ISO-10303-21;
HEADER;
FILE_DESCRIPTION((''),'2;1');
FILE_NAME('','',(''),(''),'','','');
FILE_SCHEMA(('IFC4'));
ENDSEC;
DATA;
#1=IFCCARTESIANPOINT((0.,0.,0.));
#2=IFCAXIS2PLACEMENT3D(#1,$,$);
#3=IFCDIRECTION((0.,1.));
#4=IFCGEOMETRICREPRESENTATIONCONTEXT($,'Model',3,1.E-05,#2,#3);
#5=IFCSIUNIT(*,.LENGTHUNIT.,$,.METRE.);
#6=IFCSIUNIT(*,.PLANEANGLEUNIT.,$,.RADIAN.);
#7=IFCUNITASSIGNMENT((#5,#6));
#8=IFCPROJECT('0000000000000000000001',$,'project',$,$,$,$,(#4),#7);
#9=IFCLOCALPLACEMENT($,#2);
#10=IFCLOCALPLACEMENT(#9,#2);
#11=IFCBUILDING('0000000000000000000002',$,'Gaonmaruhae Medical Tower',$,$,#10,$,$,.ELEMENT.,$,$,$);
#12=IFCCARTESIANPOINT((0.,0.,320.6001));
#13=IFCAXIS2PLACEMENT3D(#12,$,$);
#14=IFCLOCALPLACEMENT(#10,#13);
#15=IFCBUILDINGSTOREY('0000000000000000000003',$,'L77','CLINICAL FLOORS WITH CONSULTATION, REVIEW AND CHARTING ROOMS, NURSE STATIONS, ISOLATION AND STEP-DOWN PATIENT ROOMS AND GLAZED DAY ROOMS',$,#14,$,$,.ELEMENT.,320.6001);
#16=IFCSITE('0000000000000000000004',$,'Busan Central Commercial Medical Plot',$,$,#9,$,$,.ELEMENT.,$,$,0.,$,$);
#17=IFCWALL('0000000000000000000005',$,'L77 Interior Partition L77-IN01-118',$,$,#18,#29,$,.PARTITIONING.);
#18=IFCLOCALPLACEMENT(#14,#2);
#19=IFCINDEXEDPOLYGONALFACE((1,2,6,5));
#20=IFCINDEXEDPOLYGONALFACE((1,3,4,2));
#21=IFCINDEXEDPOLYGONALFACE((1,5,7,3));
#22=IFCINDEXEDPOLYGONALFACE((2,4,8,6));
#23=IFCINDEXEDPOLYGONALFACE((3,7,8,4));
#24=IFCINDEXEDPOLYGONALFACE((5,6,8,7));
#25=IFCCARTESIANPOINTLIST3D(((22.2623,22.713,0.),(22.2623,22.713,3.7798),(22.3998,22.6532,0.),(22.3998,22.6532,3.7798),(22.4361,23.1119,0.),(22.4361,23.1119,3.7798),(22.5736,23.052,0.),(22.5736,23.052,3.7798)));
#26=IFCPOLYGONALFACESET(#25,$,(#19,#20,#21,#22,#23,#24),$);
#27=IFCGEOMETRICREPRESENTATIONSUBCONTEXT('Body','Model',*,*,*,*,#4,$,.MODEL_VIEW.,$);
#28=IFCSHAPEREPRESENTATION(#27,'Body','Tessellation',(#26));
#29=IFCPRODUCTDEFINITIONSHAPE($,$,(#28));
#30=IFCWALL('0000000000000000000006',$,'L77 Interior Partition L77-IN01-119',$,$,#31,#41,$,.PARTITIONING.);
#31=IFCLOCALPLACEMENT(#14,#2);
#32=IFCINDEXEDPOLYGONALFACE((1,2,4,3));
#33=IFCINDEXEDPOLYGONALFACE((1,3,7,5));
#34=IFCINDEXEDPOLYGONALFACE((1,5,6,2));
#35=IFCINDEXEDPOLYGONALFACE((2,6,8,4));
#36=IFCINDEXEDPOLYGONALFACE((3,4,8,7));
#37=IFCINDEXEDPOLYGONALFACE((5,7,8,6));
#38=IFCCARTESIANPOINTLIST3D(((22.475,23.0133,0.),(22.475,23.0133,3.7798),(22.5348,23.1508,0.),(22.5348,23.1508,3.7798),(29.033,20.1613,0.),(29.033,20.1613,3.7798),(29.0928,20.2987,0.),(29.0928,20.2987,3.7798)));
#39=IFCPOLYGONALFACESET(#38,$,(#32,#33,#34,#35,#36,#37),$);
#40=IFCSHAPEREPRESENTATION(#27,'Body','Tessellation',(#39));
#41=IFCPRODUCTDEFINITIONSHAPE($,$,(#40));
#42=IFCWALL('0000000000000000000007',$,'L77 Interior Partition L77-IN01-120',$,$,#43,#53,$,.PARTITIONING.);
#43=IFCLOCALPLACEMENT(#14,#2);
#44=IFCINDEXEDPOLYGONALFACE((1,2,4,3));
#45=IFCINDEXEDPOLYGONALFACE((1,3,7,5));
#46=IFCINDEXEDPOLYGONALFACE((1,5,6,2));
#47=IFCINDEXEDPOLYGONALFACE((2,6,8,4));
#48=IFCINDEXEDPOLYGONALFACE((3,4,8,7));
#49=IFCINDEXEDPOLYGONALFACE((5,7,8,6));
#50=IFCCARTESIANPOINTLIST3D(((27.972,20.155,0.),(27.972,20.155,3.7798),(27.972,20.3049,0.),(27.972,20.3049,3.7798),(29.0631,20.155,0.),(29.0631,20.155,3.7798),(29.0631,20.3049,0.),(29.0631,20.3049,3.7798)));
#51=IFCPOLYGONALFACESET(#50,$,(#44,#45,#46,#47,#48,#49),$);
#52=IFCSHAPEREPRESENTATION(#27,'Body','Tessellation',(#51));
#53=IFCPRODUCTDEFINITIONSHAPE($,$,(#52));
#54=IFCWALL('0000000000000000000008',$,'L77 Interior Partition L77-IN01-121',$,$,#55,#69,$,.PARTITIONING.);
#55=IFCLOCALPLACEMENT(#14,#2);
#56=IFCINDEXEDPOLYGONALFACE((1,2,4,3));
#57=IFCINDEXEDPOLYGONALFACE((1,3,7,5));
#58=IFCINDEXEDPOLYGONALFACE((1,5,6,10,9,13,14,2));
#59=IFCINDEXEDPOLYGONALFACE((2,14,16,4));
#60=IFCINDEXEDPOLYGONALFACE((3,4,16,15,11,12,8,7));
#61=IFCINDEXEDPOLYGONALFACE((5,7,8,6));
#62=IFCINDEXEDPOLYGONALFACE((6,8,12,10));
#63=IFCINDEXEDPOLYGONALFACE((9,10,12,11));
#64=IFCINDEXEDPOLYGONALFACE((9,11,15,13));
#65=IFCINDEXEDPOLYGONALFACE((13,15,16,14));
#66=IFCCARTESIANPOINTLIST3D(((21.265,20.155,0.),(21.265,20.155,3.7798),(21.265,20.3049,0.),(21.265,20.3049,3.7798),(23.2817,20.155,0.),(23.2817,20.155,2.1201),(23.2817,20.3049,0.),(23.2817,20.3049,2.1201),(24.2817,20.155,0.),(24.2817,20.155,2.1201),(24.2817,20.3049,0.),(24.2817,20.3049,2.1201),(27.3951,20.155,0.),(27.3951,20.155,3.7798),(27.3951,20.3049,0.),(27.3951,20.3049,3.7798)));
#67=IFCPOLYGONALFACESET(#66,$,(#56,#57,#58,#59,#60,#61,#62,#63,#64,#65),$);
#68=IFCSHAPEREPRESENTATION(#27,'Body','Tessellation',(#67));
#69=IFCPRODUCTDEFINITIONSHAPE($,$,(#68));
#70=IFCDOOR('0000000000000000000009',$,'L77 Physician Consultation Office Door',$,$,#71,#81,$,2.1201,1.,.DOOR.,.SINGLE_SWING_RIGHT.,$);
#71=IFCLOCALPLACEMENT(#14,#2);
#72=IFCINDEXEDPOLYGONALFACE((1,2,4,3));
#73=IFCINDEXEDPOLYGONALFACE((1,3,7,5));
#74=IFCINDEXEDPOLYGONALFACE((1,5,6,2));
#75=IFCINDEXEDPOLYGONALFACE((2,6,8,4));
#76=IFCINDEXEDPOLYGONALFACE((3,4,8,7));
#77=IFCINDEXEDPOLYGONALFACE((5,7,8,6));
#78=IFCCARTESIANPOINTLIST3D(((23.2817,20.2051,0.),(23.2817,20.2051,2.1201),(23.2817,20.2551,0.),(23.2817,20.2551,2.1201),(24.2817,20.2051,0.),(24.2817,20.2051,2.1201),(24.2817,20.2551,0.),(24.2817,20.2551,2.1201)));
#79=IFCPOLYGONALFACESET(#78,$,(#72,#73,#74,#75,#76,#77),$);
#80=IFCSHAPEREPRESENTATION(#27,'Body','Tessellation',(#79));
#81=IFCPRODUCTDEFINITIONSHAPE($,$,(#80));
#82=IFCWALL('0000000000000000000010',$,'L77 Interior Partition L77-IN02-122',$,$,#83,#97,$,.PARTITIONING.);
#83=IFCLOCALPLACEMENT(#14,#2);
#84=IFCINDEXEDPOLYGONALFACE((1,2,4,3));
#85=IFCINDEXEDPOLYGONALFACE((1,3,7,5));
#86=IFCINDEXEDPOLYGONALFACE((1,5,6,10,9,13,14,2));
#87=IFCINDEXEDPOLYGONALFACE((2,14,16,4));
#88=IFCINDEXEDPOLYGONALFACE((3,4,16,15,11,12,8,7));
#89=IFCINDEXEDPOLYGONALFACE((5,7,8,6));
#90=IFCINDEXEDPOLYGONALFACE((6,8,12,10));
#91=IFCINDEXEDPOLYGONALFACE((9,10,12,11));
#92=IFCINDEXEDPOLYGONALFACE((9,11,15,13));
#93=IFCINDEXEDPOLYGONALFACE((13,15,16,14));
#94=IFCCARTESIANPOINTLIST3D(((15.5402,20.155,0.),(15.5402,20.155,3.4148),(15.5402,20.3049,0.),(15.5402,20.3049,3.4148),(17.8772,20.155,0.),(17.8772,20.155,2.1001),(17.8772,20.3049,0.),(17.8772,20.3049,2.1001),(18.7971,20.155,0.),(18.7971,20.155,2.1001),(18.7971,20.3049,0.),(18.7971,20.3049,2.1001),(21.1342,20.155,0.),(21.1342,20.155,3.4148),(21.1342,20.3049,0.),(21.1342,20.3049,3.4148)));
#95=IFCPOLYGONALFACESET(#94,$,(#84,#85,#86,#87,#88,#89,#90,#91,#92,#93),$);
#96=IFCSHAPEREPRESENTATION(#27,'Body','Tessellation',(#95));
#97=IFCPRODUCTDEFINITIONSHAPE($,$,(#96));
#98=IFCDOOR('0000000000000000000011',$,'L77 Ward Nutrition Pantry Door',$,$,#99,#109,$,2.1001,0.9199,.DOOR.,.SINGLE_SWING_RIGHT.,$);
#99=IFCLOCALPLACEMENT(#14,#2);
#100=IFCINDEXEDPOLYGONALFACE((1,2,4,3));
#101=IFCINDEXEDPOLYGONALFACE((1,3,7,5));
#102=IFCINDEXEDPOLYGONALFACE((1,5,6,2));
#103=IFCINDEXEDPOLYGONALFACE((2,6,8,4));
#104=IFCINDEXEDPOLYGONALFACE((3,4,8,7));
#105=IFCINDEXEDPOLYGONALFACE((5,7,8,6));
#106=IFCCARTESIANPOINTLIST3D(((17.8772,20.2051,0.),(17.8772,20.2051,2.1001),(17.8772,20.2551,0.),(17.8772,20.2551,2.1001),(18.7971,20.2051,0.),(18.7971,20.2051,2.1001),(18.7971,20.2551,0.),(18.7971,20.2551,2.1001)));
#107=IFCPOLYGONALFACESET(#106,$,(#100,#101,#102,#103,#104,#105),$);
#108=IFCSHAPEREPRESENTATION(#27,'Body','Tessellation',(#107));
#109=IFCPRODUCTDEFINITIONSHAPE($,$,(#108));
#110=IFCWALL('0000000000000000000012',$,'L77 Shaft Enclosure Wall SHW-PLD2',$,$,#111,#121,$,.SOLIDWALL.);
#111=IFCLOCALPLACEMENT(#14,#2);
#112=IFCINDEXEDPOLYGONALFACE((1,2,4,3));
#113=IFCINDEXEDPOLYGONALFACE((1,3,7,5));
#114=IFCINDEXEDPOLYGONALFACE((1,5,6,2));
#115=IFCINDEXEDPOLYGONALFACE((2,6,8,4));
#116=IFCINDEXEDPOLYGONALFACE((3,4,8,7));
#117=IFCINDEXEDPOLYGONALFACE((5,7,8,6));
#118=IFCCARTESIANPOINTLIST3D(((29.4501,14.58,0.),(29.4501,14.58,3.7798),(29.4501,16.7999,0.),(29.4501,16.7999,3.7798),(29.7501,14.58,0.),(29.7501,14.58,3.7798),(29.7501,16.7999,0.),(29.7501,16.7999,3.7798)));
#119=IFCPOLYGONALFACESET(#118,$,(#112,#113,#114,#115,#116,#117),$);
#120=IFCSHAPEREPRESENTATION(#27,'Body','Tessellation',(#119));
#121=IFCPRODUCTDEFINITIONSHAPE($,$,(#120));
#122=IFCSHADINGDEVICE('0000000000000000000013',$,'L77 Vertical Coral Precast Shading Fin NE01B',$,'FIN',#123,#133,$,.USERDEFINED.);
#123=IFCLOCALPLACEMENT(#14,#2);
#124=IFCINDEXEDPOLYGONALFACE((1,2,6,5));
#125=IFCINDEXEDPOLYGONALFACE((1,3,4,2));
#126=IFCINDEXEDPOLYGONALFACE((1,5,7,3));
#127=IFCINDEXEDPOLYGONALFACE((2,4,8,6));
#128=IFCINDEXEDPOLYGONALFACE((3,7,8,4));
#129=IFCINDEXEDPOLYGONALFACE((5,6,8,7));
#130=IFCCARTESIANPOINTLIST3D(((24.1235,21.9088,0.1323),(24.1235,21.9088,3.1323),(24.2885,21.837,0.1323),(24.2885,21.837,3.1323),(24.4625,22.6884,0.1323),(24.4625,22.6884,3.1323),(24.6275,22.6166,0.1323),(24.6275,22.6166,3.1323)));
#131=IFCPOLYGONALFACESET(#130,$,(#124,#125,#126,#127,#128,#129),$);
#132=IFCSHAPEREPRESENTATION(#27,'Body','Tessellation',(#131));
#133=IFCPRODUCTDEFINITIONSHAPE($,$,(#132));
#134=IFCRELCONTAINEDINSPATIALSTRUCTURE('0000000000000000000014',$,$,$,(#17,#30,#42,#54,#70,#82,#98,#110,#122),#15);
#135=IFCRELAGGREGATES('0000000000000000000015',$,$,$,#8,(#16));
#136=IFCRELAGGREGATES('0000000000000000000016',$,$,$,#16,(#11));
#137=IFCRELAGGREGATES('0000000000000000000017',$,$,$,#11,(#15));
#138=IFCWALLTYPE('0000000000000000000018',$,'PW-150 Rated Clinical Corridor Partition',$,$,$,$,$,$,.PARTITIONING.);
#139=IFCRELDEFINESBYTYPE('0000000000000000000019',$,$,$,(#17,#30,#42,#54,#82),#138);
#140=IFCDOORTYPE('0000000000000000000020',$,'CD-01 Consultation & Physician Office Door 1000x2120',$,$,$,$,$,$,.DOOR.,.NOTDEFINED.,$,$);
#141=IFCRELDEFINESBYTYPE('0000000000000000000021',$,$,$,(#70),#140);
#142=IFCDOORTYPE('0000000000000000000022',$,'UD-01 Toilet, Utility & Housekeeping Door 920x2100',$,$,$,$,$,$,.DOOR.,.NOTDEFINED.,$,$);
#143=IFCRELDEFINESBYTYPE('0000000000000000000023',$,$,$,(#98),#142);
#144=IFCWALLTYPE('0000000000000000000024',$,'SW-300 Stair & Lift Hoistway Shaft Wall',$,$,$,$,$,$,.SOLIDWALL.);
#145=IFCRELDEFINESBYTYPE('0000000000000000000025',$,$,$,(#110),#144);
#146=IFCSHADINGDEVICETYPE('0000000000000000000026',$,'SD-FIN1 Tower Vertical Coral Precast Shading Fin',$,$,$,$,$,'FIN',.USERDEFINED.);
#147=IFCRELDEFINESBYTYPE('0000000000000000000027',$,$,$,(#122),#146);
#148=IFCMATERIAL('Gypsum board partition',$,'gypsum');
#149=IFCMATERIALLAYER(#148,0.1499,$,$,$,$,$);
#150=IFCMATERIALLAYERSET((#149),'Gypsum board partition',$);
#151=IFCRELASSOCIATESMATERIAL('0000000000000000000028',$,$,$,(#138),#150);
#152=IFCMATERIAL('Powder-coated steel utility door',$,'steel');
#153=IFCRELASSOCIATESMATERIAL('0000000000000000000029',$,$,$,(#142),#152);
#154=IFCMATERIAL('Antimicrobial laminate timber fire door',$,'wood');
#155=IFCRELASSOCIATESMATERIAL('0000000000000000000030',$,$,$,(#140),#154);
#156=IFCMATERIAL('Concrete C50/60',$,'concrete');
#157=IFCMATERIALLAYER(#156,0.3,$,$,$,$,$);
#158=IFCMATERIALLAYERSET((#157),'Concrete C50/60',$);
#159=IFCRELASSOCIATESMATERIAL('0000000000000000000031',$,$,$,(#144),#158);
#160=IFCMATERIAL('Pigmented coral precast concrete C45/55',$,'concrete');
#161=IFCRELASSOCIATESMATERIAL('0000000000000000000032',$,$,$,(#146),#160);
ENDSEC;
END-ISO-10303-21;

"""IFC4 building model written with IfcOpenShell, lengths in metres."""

from ifc_helpers import new_model, si_unit, direction, frame, frame_2d, origin, origin_2d, place, context, subcontext, project, spatial, rectangle, extrude, material, layer, layer_set, type_object, element, fill, save


model = new_model("IFC4")

# Units and contexts
model_context = context("Model", 3, precision=1e-05, world=origin(), true_north=direction((0.0, 1.0)))
body_context = subcontext(model_context, "Body", "Model", "MODEL_VIEW")
ifc_project = project(units=[si_unit("LENGTHUNIT", "METRE"), si_unit("PLANEANGLEUNIT", "RADIAN")], contexts=[model_context])

# Site, building, storey
site_placement = place(None, origin())
site = spatial("IfcSite", under=ifc_project, at=site_placement, Name="Busan Central Commercial Medical Plot", CompositionType="ELEMENT", RefElevation=0.0)
building_placement = place(site_placement, origin())
building = spatial("IfcBuilding", under=site, at=building_placement, Name="Gaonmaruhae Medical Tower", CompositionType="ELEMENT")
storey_placement = place(building_placement, frame((0.0, 0.0, 320.6001)))
storey = spatial("IfcBuildingStorey", under=building, at=storey_placement, Name="L77", Description="CLINICAL FLOORS WITH CONSULTATION, REVIEW AND CHARTING ROOMS, NURSE STATIONS, ISOLATION AND STEP-DOWN PATIENT ROOMS AND GLAZED DAY ROOMS", CompositionType="ELEMENT", Elevation=320.6001)

# Shared definitions
ifc_material_1 = material(Name="Concrete C50/60", Category="concrete")

# Shared definitions
ifc_material_2 = material(Name="Gypsum board partition", Category="gypsum")
ifc_layer_1 = layer(ifc_material_2, 0.1499)
ifc_layer_set_1 = layer_set([ifc_layer_1], Name="Gypsum board partition")
wall_type_1 = type_object("IfcWallType", Name="PW-150 Rated Clinical Corridor Partition", PredefinedType="PARTITIONING", material=ifc_layer_set_1)

# Shared definitions
ifc_material_3 = material(Name="Powder-coated steel utility door", Category="steel")
door_type_1 = type_object("IfcDoorType", Name="UD-01 Toilet, Utility & Housekeeping Door 920x2100", OperationType="NOTDEFINED", PredefinedType="DOOR", material=ifc_material_3)

# Walls
wall_1_placement = place(storey_placement, frame((22.3311, 22.6831, 0.0), z_axis=(0.0, 0.0, 1.0), x_axis=(0.399465, 0.916749, 0.0)))
element("IfcWall", 1, at=wall_1_placement, inside=storey, type_object=wall_type_1, Name="L77 Interior Partition L77-IN01-118", PredefinedType="PARTITIONING", context=body_context, shape_type="SweptSolid", body=[
    extrude(rectangle(XDim=0.4351, YDim=0.1499, at=frame_2d((0.2175, 0.0))), origin(), (0.0, 0.0, 1.0), 3.7798),
])
wall_2_placement = place(storey_placement, frame((22.5049, 23.082, 0.0), z_axis=(0.0, 0.0, 1.0), x_axis=(0.917034, -0.398808, 0.0)))
element("IfcWall", 2, at=wall_2_placement, inside=storey, type_object=wall_type_1, Name="L77 Interior Partition L77-IN01-119", PredefinedType="PARTITIONING", context=body_context, shape_type="SweptSolid", body=[
    extrude(rectangle(XDim=7.1514, YDim=0.1499, at=frame_2d((3.5757, 0.0))), origin(), (0.0, 0.0, 1.0), 3.7798),
])
wall_3_placement = place(storey_placement, frame((29.063, 20.23, 0.0), z_axis=(0.0, 0.0, 1.0), x_axis=(-1.0, 0.0, 0.0)))
element("IfcWall", 3, at=wall_3_placement, inside=storey, type_object=wall_type_1, Name="L77 Interior Partition L77-IN01-120", PredefinedType="PARTITIONING", context=body_context, shape_type="SweptSolid", body=[
    extrude(rectangle(XDim=1.0911, YDim=0.1499, at=frame_2d((0.5454, 0.0))), origin(), (0.0, 0.0, 1.0), 3.7798),
])

# Walls, openings, doors
wall_4_placement = place(storey_placement, frame((27.395, 20.23, 0.0), z_axis=(0.0, 0.0, 1.0), x_axis=(-1.0, 0.0, 0.0)))
wall_4 = element("IfcWall", 4, at=wall_4_placement, inside=storey, type_object=wall_type_1, Name="L77 Interior Partition L77-IN01-121", PredefinedType="PARTITIONING", context=body_context, shape_type="SweptSolid", body=[
    extrude(rectangle(XDim=6.1301, YDim=0.1499, at=frame_2d((3.0649, 0.0))), origin(), (0.0, 0.0, 1.0), 3.7798),
])
opening_1_placement = place(wall_4_placement, frame((3.1133, 0.0, 0.0)))
opening_1 = element("IfcOpeningElement", 5, at=opening_1_placement, cuts=wall_4, PredefinedType="OPENING", context=body_context, shape_type="SweptSolid", body=[
    extrude(rectangle(XDim=1.0, YDim=2.1201, at=frame_2d((0.5, 1.0601))), frame((0.0, 0.085, 0.0), z_axis=(0.0, -1.0, 0.0), x_axis=(1.0, 0.0, 0.0)), (0.0, 0.0, 1.0), 0.1699),
])
ifc_material_4 = material(Name="Antimicrobial laminate timber fire door", Category="wood")
door_type_2 = type_object("IfcDoorType", Name="CD-01 Consultation & Physician Office Door 1000x2120", OperationType="NOTDEFINED", PredefinedType="DOOR", material=ifc_material_4)
door_1_placement = place(opening_1_placement, origin())
door_1 = element("IfcDoor", 6, at=door_1_placement, inside=storey, type_object=door_type_2, Name="L77 Physician Consultation Office Door", OperationType="SINGLE_SWING_RIGHT", OverallHeight=2.1201, OverallWidth=1.0, PredefinedType="DOOR", context=body_context, shape_type="SweptSolid", body=[
    extrude(rectangle(XDim=1.0, YDim=2.1201, at=frame_2d((0.5, 1.0601))), frame((0.0, 0.0249, 0.0), z_axis=(0.0, -1.0, 0.0), x_axis=(1.0, 0.0, 0.0)), (0.0, 0.0, 1.0), 0.05),
])
fill(opening_1, door_1)
wall_5_placement = place(storey_placement, frame((21.134, 20.23, 0.0), z_axis=(0.0, 0.0, 1.0), x_axis=(-1.0, 0.0, 0.0)))
wall_5 = element("IfcWall", 7, at=wall_5_placement, inside=storey, type_object=wall_type_1, Name="L77 Interior Partition L77-IN02-122", PredefinedType="PARTITIONING", context=body_context, shape_type="SweptSolid", body=[
    extrude(rectangle(XDim=5.594, YDim=0.1499, at=frame_2d((2.7969, 0.0))), origin(), (0.0, 0.0, 1.0), 3.4148),
])
opening_2_placement = place(wall_5_placement, frame((2.3369, 0.0, 0.0)))
opening_2 = element("IfcOpeningElement", 8, at=opening_2_placement, cuts=wall_5, PredefinedType="OPENING", context=body_context, shape_type="SweptSolid", body=[
    extrude(rectangle(XDim=0.9199, YDim=2.1001, at=frame_2d((0.46, 1.05))), frame((0.0, 0.085, 0.0), z_axis=(0.0, -1.0, 0.0), x_axis=(1.0, 0.0, 0.0)), (0.0, 0.0, 1.0), 0.1699),
])
door_2_placement = place(opening_2_placement, origin())
door_2 = element("IfcDoor", 9, at=door_2_placement, inside=storey, type_object=door_type_1, Name="L77 Ward Nutrition Pantry Door", OperationType="SINGLE_SWING_RIGHT", OverallHeight=2.1001, OverallWidth=0.9199, PredefinedType="DOOR", context=body_context, shape_type="SweptSolid", body=[
    extrude(rectangle(XDim=0.9199, YDim=2.1001, at=frame_2d((0.46, 1.05))), frame((0.0, 0.0249, 0.0), z_axis=(0.0, -1.0, 0.0), x_axis=(1.0, 0.0, 0.0)), (0.0, 0.0, 1.0), 0.05),
])
fill(opening_2, door_2)
ifc_layer_2 = layer(ifc_material_1, 0.3)
ifc_layer_set_2 = layer_set([ifc_layer_2], Name="Concrete C50/60")
wall_type_2 = type_object("IfcWallType", Name="SW-300 Stair & Lift Hoistway Shaft Wall", PredefinedType="SOLIDWALL", material=ifc_layer_set_2)

# Wall
wall_6_placement = place(storey_placement, frame((29.6001, 14.5801, 0.0), z_axis=(0.0, 0.0, 1.0), x_axis=(0.0, 1.0, 0.0)))
element("IfcWall", 10, at=wall_6_placement, inside=storey, type_object=wall_type_2, Name="L77 Shaft Enclosure Wall SHW-PLD2", PredefinedType="SOLIDWALL", context=body_context, shape_type="SweptSolid", body=[
    extrude(rectangle(XDim=2.22, YDim=0.3, at=frame_2d((1.1099, 0.0))), origin(), (0.0, 0.0, 1.0), 3.7798),
])

# Shading device
ifc_material_5 = material(Name="Pigmented coral precast concrete C45/55", Category="concrete")
shading_device_type = type_object("IfcShadingDeviceType", Name="SD-FIN1 Tower Vertical Coral Precast Shading Fin", ElementType="FIN", PredefinedType="USERDEFINED", material=ifc_material_5)
shading_device_placement = place(storey_placement, frame((24.3755, 22.2627, 0.1323), z_axis=(0.0, 0.0, 1.0), x_axis=(0.91706, -0.398749, 0.0)))
element("IfcShadingDevice", 11, at=shading_device_placement, inside=storey, type_object=shading_device_type, Name="L77 Vertical Coral Precast Shading Fin NE01B", ObjectType="FIN", PredefinedType="USERDEFINED", context=body_context, shape_type="SweptSolid", body=[
    extrude(rectangle(XDim=0.1799, YDim=0.8501, at=origin_2d()), origin(), (0.0, 0.0, 1.0), 3.0),
])

save(model, "model.ifc")
